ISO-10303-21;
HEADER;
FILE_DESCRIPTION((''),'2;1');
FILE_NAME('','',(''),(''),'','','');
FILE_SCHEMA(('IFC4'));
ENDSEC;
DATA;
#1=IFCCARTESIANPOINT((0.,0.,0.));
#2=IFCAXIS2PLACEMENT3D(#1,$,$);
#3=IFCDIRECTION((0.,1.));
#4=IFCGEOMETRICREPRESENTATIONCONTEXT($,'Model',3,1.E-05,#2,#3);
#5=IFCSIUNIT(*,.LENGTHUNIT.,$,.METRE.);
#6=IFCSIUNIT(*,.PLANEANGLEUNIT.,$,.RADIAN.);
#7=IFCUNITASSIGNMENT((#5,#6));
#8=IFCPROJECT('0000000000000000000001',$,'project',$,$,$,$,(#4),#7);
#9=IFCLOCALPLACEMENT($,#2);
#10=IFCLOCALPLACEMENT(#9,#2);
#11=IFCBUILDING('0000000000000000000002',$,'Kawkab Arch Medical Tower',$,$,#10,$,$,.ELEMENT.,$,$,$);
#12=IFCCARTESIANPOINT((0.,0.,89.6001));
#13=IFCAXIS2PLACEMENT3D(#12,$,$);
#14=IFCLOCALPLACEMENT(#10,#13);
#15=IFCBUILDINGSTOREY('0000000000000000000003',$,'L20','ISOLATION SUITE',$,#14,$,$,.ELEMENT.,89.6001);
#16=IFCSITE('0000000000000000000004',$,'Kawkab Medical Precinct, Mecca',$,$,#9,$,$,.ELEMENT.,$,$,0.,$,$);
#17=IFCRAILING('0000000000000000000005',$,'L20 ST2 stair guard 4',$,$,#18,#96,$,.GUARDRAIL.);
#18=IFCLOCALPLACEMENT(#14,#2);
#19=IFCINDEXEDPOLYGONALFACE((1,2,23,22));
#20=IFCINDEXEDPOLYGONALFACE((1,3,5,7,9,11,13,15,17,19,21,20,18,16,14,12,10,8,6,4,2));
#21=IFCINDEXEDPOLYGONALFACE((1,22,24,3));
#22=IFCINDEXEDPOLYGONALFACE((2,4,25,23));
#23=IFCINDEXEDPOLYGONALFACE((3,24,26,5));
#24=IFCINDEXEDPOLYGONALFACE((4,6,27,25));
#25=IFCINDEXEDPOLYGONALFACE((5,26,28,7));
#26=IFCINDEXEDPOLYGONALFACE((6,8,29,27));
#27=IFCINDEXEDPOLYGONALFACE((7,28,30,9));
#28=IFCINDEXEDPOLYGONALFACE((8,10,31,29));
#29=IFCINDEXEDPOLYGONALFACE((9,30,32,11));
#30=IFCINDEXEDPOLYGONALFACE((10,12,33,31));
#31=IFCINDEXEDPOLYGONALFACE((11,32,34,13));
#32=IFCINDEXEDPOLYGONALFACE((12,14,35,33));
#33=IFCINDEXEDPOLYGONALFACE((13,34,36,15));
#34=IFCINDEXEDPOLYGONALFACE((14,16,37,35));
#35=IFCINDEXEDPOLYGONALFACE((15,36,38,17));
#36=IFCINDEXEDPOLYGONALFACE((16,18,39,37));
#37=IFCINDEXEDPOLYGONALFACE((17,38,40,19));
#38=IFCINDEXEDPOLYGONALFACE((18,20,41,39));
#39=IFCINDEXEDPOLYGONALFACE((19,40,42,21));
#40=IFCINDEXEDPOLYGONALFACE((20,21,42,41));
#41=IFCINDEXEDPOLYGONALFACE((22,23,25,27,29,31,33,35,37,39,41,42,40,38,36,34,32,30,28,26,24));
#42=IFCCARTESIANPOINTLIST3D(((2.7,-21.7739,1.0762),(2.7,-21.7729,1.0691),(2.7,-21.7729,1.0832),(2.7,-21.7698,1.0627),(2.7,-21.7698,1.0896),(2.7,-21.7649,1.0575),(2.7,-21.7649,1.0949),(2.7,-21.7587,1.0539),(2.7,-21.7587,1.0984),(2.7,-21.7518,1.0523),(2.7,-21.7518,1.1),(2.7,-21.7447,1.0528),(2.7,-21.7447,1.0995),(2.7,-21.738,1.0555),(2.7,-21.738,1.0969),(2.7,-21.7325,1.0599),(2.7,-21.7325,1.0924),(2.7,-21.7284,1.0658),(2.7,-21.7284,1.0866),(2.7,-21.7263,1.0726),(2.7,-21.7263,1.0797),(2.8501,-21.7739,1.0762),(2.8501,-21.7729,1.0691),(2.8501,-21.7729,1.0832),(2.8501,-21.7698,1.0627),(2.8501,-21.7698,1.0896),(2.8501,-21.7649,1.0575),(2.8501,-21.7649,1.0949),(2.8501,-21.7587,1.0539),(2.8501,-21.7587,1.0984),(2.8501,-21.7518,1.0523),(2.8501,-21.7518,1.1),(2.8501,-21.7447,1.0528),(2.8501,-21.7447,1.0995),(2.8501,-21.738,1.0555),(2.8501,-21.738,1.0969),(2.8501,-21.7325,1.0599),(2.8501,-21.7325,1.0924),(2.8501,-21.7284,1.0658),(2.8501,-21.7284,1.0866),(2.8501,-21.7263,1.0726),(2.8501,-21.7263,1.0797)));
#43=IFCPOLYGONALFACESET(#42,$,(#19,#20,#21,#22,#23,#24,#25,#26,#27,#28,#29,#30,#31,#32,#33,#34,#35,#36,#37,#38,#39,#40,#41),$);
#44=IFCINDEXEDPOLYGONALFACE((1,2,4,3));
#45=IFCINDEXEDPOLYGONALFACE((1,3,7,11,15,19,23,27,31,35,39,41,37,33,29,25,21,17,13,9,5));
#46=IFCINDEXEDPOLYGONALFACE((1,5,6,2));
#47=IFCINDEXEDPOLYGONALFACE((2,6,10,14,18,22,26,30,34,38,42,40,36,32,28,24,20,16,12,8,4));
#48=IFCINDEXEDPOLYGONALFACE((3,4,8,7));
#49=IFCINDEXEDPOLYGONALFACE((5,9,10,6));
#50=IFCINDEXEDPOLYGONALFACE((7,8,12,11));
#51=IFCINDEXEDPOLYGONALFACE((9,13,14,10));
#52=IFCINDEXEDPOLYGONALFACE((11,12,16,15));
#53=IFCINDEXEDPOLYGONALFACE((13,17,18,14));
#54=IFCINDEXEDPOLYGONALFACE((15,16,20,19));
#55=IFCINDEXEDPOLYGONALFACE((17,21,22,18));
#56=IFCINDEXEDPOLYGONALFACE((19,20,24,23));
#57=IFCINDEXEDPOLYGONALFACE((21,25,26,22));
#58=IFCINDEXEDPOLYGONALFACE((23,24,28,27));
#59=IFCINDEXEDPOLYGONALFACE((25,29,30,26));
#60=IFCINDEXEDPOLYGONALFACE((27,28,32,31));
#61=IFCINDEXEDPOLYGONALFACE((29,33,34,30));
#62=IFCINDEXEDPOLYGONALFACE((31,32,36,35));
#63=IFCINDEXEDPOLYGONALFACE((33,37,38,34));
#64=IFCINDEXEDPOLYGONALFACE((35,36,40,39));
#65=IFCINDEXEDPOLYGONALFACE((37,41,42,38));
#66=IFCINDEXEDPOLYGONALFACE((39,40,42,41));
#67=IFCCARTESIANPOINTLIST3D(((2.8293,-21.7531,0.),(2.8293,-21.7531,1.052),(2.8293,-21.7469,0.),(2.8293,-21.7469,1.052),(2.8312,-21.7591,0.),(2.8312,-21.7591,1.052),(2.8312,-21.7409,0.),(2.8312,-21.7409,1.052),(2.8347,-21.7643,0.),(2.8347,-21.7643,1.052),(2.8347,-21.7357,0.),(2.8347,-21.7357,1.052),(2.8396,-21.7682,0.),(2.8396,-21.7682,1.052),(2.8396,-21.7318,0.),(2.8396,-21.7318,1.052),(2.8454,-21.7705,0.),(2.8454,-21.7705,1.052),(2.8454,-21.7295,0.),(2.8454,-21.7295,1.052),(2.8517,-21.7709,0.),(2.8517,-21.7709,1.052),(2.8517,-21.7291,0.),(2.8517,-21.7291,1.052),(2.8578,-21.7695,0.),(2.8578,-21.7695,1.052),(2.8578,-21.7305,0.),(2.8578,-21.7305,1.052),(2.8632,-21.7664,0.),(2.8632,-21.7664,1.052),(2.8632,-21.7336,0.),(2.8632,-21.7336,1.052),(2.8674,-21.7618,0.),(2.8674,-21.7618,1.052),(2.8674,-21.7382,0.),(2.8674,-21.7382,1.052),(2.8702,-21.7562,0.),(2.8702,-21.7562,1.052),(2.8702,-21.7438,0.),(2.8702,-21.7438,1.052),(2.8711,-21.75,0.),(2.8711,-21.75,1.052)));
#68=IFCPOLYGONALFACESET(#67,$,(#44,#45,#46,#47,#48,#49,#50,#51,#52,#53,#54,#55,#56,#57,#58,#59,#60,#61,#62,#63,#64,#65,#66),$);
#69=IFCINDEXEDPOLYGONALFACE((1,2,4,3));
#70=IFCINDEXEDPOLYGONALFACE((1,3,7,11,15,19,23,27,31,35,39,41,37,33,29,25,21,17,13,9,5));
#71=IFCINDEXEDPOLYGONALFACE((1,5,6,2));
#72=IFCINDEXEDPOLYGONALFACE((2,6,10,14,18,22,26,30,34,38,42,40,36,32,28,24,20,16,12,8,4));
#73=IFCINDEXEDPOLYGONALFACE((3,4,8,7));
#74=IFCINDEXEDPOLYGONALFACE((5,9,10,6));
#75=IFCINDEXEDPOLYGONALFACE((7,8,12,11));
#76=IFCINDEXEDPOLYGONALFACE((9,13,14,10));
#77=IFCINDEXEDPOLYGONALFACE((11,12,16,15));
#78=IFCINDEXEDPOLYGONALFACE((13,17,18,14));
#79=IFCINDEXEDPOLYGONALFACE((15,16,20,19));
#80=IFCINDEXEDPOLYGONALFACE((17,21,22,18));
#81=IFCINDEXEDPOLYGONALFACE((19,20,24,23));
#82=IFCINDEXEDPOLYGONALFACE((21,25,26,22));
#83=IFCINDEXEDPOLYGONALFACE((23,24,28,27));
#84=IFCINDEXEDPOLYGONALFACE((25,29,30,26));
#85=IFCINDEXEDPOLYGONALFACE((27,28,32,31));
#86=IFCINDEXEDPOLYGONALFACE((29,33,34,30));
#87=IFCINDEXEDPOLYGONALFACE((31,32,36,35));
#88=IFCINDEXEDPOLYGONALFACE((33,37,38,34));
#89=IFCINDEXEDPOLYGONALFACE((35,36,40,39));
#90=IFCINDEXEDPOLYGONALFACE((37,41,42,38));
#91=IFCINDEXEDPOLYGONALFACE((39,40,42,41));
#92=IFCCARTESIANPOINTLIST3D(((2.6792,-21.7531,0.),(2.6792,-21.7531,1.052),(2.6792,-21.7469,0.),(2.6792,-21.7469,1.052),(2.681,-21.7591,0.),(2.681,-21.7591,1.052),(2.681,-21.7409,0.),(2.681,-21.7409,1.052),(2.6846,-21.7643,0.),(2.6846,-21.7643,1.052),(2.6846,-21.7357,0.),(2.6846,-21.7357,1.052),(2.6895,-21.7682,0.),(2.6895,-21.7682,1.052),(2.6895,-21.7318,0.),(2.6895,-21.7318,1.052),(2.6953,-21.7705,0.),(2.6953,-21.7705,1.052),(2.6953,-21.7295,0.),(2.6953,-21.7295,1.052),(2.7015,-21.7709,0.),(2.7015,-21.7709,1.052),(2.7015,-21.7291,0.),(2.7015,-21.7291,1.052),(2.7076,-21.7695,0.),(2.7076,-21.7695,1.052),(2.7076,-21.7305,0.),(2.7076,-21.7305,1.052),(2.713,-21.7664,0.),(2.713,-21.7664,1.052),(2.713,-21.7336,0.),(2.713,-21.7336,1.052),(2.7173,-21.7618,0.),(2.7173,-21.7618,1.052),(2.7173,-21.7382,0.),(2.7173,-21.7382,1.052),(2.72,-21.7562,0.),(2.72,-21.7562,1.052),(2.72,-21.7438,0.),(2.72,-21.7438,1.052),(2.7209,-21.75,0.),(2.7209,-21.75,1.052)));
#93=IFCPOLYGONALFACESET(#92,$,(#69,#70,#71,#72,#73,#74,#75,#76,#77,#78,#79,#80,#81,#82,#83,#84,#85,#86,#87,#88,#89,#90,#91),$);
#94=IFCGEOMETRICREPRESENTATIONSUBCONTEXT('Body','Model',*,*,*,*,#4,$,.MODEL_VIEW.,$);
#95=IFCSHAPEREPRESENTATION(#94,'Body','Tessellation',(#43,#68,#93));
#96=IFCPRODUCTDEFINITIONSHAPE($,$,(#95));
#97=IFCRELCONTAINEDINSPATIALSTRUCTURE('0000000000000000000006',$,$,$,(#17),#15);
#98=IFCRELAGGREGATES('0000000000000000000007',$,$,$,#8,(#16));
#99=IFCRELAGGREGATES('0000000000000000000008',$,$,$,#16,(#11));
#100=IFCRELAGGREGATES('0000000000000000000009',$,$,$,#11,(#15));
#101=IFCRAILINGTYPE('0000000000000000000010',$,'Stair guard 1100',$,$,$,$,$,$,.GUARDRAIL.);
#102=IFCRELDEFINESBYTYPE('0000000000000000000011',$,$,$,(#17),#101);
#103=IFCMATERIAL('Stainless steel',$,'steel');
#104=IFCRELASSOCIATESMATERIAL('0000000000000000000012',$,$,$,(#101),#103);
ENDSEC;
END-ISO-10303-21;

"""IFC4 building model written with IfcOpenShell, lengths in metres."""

from ifc_helpers import new_model, si_unit, direction, frame, origin, origin_2d, place, context, subcontext, project, spatial, circle, extrude, material, type_object, element, save


model = new_model("IFC4")

# Units and contexts
model_context = context("Model", 3, precision=1e-05, world=origin(), true_north=direction((0.0, 1.0)))
body_context = subcontext(model_context, "Body", "Model", "MODEL_VIEW")
ifc_project = project(units=[si_unit("LENGTHUNIT", "METRE"), si_unit("PLANEANGLEUNIT", "RADIAN")], contexts=[model_context])

# Site, building, storey
site_placement = place(None, origin())
site = spatial("IfcSite", under=ifc_project, at=site_placement, Name="Kawkab Medical Precinct, Mecca", CompositionType="ELEMENT", RefElevation=0.0)
building_placement = place(site_placement, origin())
building = spatial("IfcBuilding", under=site, at=building_placement, Name="Kawkab Arch Medical Tower", CompositionType="ELEMENT")
storey_placement = place(building_placement, frame((0.0, 0.0, 89.6001)))
storey = spatial("IfcBuildingStorey", under=building, at=storey_placement, Name="L20", Description="ISOLATION SUITE", CompositionType="ELEMENT", Elevation=89.6001)

# Railing
ifc_material_1 = material(Name="Stainless steel", Category="steel")
railing_type_1 = type_object("IfcRailingType", Name="Stair guard 1100", PredefinedType="GUARDRAIL", material=ifc_material_1)
railing_1_placement = place(storey_placement, frame((2.8501, -21.75, 0.0)))
element("IfcRailing", 1, at=railing_1_placement, inside=storey, type_object=railing_type_1, Name="L20 ST2 stair guard 4", PredefinedType="GUARDRAIL", context=body_context, shape_type="SweptSolid", body=[
    extrude(circle(Radius=0.0239, at=origin_2d()), frame((0.0, 0.0, 1.0762), z_axis=(-1.0, 0.0, 0.0), x_axis=(0.0, -1.0, 0.0)), (0.0, 0.0, 1.0), 0.1501),
    extrude(circle(Radius=0.021, at=origin_2d()), origin(), (0.0, 0.0, 1.0), 1.052),
    extrude(circle(Radius=0.021, at=origin_2d()), frame((-0.1501, 0.0, 0.0)), (0.0, 0.0, 1.0), 1.052),
])

save(model, "model.ifc")
